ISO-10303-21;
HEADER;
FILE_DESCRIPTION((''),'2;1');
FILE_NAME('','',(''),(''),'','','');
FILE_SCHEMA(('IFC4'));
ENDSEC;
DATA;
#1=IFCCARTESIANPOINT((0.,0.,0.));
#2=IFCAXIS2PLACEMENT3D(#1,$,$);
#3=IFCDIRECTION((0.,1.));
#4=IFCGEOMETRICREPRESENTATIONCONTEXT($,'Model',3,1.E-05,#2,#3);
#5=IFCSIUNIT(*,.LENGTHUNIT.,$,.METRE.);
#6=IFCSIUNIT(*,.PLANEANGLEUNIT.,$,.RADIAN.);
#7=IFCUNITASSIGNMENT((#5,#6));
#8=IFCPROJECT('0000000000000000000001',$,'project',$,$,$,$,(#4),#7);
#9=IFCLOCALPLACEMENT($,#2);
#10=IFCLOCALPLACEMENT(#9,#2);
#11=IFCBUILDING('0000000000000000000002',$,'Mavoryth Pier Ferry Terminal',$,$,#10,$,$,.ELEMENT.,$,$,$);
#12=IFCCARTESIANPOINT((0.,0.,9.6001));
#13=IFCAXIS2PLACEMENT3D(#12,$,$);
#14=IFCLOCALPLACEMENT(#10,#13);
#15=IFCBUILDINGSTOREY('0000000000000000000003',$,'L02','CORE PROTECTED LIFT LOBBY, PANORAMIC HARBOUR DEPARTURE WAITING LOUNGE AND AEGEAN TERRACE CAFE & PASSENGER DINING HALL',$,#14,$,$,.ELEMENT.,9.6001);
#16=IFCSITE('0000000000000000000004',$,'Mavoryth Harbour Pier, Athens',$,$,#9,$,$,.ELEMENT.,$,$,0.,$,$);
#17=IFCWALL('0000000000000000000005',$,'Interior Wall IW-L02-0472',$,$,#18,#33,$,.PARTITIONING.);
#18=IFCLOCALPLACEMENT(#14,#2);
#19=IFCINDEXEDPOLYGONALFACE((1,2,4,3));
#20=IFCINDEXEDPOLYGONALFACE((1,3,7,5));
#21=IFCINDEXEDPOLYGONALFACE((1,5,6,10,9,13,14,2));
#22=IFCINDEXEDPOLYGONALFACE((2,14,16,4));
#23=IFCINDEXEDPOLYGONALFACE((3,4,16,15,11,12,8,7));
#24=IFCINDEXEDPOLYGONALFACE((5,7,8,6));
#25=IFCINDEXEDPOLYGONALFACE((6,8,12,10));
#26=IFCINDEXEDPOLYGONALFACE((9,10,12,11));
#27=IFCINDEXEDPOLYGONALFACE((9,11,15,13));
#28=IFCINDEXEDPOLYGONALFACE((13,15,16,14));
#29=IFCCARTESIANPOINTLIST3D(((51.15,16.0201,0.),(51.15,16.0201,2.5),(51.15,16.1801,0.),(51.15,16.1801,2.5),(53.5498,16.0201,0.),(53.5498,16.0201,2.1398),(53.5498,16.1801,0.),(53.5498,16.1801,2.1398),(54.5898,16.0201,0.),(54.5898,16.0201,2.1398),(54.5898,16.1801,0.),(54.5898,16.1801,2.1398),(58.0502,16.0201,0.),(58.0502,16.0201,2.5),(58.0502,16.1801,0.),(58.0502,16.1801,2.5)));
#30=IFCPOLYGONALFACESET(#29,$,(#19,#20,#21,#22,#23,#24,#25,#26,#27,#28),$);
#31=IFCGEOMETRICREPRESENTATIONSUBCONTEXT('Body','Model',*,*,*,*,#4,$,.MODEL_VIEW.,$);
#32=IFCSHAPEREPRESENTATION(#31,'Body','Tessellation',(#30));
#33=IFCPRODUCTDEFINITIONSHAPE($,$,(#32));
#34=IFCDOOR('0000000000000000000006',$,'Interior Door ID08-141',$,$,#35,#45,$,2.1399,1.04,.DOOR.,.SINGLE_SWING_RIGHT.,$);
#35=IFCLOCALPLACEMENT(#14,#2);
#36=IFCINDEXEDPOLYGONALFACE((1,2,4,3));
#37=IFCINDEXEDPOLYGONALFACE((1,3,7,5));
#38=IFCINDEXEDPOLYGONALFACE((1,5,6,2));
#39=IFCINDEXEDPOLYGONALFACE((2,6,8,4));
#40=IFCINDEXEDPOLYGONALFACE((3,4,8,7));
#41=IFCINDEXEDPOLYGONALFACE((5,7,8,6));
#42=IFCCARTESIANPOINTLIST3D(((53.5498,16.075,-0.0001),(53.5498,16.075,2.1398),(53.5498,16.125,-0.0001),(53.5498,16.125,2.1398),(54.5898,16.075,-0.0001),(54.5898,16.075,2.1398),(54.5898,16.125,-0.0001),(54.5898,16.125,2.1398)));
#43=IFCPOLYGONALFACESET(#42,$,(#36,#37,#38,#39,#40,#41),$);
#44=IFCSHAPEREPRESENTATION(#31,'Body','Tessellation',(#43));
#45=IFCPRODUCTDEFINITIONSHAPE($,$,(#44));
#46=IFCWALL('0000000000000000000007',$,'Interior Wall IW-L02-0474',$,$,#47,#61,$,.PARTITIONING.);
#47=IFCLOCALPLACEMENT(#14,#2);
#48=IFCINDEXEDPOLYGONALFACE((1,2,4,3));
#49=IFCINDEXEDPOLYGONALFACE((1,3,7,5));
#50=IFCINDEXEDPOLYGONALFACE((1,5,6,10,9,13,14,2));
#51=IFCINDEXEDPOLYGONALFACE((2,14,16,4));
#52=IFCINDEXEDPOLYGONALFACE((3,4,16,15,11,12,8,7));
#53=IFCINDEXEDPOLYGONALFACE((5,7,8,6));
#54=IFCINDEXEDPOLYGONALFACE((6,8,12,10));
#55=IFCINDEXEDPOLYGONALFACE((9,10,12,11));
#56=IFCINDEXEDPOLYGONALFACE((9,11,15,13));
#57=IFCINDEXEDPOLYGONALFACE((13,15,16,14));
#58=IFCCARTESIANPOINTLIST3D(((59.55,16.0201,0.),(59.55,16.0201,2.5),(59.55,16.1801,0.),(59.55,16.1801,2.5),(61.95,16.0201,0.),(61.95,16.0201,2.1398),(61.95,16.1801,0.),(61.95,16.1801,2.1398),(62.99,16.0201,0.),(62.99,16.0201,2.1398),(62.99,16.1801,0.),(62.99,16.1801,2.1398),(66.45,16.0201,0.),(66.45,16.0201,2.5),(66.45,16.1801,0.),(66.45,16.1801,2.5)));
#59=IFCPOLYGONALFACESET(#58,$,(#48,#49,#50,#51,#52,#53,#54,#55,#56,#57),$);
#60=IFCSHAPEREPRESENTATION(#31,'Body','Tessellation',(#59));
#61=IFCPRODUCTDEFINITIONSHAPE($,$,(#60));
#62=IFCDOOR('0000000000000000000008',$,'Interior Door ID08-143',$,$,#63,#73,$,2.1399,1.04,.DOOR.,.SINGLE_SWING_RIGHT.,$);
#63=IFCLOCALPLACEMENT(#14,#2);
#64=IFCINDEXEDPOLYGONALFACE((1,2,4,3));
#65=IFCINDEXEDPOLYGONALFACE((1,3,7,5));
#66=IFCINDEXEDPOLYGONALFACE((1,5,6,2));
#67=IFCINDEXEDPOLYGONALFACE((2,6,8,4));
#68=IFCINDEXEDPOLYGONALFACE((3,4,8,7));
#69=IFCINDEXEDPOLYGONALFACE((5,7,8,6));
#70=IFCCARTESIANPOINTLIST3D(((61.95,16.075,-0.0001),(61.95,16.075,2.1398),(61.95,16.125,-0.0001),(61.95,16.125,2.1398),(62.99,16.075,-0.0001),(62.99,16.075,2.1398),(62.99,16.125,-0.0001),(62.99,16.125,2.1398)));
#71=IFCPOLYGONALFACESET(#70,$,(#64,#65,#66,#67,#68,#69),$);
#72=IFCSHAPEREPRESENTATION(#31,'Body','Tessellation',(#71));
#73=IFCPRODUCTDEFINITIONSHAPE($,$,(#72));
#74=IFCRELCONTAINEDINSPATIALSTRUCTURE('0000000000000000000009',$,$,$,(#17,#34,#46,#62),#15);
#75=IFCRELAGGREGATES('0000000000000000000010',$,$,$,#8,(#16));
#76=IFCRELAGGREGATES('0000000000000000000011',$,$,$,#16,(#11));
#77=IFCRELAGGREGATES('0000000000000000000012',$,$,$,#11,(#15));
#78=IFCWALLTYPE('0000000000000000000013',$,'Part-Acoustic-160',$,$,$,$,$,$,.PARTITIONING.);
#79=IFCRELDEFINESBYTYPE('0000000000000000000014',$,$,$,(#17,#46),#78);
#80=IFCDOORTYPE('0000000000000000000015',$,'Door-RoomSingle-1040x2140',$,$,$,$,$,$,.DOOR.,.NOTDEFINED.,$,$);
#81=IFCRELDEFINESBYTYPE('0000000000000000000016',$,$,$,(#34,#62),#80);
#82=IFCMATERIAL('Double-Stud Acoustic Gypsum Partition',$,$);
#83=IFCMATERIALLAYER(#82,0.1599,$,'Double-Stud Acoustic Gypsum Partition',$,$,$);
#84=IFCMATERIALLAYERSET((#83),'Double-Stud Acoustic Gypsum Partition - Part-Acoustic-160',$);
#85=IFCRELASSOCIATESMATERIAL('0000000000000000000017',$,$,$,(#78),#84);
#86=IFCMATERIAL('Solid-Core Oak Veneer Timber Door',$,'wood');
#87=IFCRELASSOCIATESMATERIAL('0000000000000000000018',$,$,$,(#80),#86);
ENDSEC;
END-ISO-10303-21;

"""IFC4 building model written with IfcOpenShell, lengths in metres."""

from ifc_helpers import new_model, si_unit, direction, frame, frame_2d, origin, place, context, subcontext, project, spatial, rectangle, extrude, material, layer, layer_set, type_object, element, fill, save


model = new_model("IFC4")

# Units and contexts
model_context = context("Model", 3, precision=1e-05, world=origin(), true_north=direction((0.0, 1.0)))
body_context = subcontext(model_context, "Body", "Model", "MODEL_VIEW")
ifc_project = project(units=[si_unit("LENGTHUNIT", "METRE"), si_unit("PLANEANGLEUNIT", "RADIAN")], contexts=[model_context])

# Site, building, storey
site_placement = place(None, origin())
site = spatial("IfcSite", under=ifc_project, at=site_placement, Name="Mavoryth Harbour Pier, Athens", CompositionType="ELEMENT", RefElevation=0.0)
building_placement = place(site_placement, origin())
building = spatial("IfcBuilding", under=site, at=building_placement, Name="Mavoryth Pier Ferry Terminal", CompositionType="ELEMENT")
storey_placement = place(building_placement, frame((0.0, 0.0, 9.6001)))
storey = spatial("IfcBuildingStorey", under=building, at=storey_placement, Name="L02", Description="CORE PROTECTED LIFT LOBBY, PANORAMIC HARBOUR DEPARTURE WAITING LOUNGE AND AEGEAN TERRACE CAFE & PASSENGER DINING HALL", CompositionType="ELEMENT", Elevation=9.6001)

# Walls, openings, doors
ifc_material_1 = material(Name="Double-Stud Acoustic Gypsum Partition")
ifc_layer_1 = layer(ifc_material_1, 0.1599, Name="Double-Stud Acoustic Gypsum Partition")
ifc_layer_set_1 = layer_set([ifc_layer_1], Name="Double-Stud Acoustic Gypsum Partition - Part-Acoustic-160")
wall_type = type_object("IfcWallType", Name="Part-Acoustic-160", PredefinedType="PARTITIONING", material=ifc_layer_set_1)
wall_1_placement = place(storey_placement, frame((51.1499, 16.1001, 0.0), z_axis=(0.0, 0.0, 1.0), x_axis=(1.0, 0.0, 0.0)))
wall_1 = element("IfcWall", 1, at=wall_1_placement, inside=storey, type_object=wall_type, Name="Interior Wall IW-L02-0472", PredefinedType="PARTITIONING", context=body_context, shape_type="SweptSolid", body=[
    extrude(rectangle(XDim=6.9001, YDim=0.1599, at=frame_2d((3.4502, 0.0))), origin(), (0.0, 0.0, 1.0), 2.5),
])
opening_1_placement = place(wall_1_placement, frame((2.3999, 0.0, 0.0)))
opening_1 = element("IfcOpeningElement", 2, at=opening_1_placement, cuts=wall_1, PredefinedType="OPENING", context=body_context, shape_type="SweptSolid", body=[
    extrude(rectangle(XDim=1.04, YDim=2.1399, at=frame_2d((0.52, 1.0698))), frame((0.0, 0.0898, 0.0), z_axis=(0.0, -1.0, 0.0), x_axis=(1.0, 0.0, 0.0)), (0.0, 0.0, 1.0), 0.1799),
])
ifc_material_2 = material(Name="Solid-Core Oak Veneer Timber Door", Category="wood")
door_type = type_object("IfcDoorType", Name="Door-RoomSingle-1040x2140", OperationType="NOTDEFINED", PredefinedType="DOOR", material=ifc_material_2)
door_1_placement = place(opening_1_placement, origin())
door_1 = element("IfcDoor", 3, at=door_1_placement, inside=storey, type_object=door_type, Name="Interior Door ID08-141", OperationType="SINGLE_SWING_RIGHT", OverallHeight=2.1399, OverallWidth=1.04, PredefinedType="DOOR", context=body_context, shape_type="SweptSolid", body=[
    extrude(rectangle(XDim=1.04, YDim=2.1399, at=frame_2d((0.52, 1.0698))), frame((0.0, 0.0249, 0.0), z_axis=(0.0, -1.0, 0.0), x_axis=(1.0, 0.0, 0.0)), (0.0, 0.0, 1.0), 0.05),
])
fill(opening_1, door_1)
wall_2_placement = place(storey_placement, frame((59.55, 16.1001, 0.0), z_axis=(0.0, 0.0, 1.0), x_axis=(1.0, 0.0, 0.0)))
wall_2 = element("IfcWall", 4, at=wall_2_placement, inside=storey, type_object=wall_type, Name="Interior Wall IW-L02-0474", PredefinedType="PARTITIONING", context=body_context, shape_type="SweptSolid", body=[
    extrude(rectangle(XDim=6.8999, YDim=0.1599, at=frame_2d((3.45, 0.0))), origin(), (0.0, 0.0, 1.0), 2.5),
])
opening_2_placement = place(wall_2_placement, frame((2.3999, 0.0, 0.0)))
opening_2 = element("IfcOpeningElement", 5, at=opening_2_placement, cuts=wall_2, PredefinedType="OPENING", context=body_context, shape_type="SweptSolid", body=[
    extrude(rectangle(XDim=1.04, YDim=2.1399, at=frame_2d((0.52, 1.0698))), frame((0.0, 0.0898, 0.0), z_axis=(0.0, -1.0, 0.0), x_axis=(1.0, 0.0, 0.0)), (0.0, 0.0, 1.0), 0.1799),
])
door_2_placement = place(opening_2_placement, origin())
door_2 = element("IfcDoor", 6, at=door_2_placement, inside=storey, type_object=door_type, Name="Interior Door ID08-143", OperationType="SINGLE_SWING_RIGHT", OverallHeight=2.1399, OverallWidth=1.04, PredefinedType="DOOR", context=body_context, shape_type="SweptSolid", body=[
    extrude(rectangle(XDim=1.04, YDim=2.1399, at=frame_2d((0.52, 1.0698))), frame((0.0, 0.0249, 0.0), z_axis=(0.0, -1.0, 0.0), x_axis=(1.0, 0.0, 0.0)), (0.0, 0.0, 1.0), 0.05),
])
fill(opening_2, door_2)

save(model, "model.ifc")
